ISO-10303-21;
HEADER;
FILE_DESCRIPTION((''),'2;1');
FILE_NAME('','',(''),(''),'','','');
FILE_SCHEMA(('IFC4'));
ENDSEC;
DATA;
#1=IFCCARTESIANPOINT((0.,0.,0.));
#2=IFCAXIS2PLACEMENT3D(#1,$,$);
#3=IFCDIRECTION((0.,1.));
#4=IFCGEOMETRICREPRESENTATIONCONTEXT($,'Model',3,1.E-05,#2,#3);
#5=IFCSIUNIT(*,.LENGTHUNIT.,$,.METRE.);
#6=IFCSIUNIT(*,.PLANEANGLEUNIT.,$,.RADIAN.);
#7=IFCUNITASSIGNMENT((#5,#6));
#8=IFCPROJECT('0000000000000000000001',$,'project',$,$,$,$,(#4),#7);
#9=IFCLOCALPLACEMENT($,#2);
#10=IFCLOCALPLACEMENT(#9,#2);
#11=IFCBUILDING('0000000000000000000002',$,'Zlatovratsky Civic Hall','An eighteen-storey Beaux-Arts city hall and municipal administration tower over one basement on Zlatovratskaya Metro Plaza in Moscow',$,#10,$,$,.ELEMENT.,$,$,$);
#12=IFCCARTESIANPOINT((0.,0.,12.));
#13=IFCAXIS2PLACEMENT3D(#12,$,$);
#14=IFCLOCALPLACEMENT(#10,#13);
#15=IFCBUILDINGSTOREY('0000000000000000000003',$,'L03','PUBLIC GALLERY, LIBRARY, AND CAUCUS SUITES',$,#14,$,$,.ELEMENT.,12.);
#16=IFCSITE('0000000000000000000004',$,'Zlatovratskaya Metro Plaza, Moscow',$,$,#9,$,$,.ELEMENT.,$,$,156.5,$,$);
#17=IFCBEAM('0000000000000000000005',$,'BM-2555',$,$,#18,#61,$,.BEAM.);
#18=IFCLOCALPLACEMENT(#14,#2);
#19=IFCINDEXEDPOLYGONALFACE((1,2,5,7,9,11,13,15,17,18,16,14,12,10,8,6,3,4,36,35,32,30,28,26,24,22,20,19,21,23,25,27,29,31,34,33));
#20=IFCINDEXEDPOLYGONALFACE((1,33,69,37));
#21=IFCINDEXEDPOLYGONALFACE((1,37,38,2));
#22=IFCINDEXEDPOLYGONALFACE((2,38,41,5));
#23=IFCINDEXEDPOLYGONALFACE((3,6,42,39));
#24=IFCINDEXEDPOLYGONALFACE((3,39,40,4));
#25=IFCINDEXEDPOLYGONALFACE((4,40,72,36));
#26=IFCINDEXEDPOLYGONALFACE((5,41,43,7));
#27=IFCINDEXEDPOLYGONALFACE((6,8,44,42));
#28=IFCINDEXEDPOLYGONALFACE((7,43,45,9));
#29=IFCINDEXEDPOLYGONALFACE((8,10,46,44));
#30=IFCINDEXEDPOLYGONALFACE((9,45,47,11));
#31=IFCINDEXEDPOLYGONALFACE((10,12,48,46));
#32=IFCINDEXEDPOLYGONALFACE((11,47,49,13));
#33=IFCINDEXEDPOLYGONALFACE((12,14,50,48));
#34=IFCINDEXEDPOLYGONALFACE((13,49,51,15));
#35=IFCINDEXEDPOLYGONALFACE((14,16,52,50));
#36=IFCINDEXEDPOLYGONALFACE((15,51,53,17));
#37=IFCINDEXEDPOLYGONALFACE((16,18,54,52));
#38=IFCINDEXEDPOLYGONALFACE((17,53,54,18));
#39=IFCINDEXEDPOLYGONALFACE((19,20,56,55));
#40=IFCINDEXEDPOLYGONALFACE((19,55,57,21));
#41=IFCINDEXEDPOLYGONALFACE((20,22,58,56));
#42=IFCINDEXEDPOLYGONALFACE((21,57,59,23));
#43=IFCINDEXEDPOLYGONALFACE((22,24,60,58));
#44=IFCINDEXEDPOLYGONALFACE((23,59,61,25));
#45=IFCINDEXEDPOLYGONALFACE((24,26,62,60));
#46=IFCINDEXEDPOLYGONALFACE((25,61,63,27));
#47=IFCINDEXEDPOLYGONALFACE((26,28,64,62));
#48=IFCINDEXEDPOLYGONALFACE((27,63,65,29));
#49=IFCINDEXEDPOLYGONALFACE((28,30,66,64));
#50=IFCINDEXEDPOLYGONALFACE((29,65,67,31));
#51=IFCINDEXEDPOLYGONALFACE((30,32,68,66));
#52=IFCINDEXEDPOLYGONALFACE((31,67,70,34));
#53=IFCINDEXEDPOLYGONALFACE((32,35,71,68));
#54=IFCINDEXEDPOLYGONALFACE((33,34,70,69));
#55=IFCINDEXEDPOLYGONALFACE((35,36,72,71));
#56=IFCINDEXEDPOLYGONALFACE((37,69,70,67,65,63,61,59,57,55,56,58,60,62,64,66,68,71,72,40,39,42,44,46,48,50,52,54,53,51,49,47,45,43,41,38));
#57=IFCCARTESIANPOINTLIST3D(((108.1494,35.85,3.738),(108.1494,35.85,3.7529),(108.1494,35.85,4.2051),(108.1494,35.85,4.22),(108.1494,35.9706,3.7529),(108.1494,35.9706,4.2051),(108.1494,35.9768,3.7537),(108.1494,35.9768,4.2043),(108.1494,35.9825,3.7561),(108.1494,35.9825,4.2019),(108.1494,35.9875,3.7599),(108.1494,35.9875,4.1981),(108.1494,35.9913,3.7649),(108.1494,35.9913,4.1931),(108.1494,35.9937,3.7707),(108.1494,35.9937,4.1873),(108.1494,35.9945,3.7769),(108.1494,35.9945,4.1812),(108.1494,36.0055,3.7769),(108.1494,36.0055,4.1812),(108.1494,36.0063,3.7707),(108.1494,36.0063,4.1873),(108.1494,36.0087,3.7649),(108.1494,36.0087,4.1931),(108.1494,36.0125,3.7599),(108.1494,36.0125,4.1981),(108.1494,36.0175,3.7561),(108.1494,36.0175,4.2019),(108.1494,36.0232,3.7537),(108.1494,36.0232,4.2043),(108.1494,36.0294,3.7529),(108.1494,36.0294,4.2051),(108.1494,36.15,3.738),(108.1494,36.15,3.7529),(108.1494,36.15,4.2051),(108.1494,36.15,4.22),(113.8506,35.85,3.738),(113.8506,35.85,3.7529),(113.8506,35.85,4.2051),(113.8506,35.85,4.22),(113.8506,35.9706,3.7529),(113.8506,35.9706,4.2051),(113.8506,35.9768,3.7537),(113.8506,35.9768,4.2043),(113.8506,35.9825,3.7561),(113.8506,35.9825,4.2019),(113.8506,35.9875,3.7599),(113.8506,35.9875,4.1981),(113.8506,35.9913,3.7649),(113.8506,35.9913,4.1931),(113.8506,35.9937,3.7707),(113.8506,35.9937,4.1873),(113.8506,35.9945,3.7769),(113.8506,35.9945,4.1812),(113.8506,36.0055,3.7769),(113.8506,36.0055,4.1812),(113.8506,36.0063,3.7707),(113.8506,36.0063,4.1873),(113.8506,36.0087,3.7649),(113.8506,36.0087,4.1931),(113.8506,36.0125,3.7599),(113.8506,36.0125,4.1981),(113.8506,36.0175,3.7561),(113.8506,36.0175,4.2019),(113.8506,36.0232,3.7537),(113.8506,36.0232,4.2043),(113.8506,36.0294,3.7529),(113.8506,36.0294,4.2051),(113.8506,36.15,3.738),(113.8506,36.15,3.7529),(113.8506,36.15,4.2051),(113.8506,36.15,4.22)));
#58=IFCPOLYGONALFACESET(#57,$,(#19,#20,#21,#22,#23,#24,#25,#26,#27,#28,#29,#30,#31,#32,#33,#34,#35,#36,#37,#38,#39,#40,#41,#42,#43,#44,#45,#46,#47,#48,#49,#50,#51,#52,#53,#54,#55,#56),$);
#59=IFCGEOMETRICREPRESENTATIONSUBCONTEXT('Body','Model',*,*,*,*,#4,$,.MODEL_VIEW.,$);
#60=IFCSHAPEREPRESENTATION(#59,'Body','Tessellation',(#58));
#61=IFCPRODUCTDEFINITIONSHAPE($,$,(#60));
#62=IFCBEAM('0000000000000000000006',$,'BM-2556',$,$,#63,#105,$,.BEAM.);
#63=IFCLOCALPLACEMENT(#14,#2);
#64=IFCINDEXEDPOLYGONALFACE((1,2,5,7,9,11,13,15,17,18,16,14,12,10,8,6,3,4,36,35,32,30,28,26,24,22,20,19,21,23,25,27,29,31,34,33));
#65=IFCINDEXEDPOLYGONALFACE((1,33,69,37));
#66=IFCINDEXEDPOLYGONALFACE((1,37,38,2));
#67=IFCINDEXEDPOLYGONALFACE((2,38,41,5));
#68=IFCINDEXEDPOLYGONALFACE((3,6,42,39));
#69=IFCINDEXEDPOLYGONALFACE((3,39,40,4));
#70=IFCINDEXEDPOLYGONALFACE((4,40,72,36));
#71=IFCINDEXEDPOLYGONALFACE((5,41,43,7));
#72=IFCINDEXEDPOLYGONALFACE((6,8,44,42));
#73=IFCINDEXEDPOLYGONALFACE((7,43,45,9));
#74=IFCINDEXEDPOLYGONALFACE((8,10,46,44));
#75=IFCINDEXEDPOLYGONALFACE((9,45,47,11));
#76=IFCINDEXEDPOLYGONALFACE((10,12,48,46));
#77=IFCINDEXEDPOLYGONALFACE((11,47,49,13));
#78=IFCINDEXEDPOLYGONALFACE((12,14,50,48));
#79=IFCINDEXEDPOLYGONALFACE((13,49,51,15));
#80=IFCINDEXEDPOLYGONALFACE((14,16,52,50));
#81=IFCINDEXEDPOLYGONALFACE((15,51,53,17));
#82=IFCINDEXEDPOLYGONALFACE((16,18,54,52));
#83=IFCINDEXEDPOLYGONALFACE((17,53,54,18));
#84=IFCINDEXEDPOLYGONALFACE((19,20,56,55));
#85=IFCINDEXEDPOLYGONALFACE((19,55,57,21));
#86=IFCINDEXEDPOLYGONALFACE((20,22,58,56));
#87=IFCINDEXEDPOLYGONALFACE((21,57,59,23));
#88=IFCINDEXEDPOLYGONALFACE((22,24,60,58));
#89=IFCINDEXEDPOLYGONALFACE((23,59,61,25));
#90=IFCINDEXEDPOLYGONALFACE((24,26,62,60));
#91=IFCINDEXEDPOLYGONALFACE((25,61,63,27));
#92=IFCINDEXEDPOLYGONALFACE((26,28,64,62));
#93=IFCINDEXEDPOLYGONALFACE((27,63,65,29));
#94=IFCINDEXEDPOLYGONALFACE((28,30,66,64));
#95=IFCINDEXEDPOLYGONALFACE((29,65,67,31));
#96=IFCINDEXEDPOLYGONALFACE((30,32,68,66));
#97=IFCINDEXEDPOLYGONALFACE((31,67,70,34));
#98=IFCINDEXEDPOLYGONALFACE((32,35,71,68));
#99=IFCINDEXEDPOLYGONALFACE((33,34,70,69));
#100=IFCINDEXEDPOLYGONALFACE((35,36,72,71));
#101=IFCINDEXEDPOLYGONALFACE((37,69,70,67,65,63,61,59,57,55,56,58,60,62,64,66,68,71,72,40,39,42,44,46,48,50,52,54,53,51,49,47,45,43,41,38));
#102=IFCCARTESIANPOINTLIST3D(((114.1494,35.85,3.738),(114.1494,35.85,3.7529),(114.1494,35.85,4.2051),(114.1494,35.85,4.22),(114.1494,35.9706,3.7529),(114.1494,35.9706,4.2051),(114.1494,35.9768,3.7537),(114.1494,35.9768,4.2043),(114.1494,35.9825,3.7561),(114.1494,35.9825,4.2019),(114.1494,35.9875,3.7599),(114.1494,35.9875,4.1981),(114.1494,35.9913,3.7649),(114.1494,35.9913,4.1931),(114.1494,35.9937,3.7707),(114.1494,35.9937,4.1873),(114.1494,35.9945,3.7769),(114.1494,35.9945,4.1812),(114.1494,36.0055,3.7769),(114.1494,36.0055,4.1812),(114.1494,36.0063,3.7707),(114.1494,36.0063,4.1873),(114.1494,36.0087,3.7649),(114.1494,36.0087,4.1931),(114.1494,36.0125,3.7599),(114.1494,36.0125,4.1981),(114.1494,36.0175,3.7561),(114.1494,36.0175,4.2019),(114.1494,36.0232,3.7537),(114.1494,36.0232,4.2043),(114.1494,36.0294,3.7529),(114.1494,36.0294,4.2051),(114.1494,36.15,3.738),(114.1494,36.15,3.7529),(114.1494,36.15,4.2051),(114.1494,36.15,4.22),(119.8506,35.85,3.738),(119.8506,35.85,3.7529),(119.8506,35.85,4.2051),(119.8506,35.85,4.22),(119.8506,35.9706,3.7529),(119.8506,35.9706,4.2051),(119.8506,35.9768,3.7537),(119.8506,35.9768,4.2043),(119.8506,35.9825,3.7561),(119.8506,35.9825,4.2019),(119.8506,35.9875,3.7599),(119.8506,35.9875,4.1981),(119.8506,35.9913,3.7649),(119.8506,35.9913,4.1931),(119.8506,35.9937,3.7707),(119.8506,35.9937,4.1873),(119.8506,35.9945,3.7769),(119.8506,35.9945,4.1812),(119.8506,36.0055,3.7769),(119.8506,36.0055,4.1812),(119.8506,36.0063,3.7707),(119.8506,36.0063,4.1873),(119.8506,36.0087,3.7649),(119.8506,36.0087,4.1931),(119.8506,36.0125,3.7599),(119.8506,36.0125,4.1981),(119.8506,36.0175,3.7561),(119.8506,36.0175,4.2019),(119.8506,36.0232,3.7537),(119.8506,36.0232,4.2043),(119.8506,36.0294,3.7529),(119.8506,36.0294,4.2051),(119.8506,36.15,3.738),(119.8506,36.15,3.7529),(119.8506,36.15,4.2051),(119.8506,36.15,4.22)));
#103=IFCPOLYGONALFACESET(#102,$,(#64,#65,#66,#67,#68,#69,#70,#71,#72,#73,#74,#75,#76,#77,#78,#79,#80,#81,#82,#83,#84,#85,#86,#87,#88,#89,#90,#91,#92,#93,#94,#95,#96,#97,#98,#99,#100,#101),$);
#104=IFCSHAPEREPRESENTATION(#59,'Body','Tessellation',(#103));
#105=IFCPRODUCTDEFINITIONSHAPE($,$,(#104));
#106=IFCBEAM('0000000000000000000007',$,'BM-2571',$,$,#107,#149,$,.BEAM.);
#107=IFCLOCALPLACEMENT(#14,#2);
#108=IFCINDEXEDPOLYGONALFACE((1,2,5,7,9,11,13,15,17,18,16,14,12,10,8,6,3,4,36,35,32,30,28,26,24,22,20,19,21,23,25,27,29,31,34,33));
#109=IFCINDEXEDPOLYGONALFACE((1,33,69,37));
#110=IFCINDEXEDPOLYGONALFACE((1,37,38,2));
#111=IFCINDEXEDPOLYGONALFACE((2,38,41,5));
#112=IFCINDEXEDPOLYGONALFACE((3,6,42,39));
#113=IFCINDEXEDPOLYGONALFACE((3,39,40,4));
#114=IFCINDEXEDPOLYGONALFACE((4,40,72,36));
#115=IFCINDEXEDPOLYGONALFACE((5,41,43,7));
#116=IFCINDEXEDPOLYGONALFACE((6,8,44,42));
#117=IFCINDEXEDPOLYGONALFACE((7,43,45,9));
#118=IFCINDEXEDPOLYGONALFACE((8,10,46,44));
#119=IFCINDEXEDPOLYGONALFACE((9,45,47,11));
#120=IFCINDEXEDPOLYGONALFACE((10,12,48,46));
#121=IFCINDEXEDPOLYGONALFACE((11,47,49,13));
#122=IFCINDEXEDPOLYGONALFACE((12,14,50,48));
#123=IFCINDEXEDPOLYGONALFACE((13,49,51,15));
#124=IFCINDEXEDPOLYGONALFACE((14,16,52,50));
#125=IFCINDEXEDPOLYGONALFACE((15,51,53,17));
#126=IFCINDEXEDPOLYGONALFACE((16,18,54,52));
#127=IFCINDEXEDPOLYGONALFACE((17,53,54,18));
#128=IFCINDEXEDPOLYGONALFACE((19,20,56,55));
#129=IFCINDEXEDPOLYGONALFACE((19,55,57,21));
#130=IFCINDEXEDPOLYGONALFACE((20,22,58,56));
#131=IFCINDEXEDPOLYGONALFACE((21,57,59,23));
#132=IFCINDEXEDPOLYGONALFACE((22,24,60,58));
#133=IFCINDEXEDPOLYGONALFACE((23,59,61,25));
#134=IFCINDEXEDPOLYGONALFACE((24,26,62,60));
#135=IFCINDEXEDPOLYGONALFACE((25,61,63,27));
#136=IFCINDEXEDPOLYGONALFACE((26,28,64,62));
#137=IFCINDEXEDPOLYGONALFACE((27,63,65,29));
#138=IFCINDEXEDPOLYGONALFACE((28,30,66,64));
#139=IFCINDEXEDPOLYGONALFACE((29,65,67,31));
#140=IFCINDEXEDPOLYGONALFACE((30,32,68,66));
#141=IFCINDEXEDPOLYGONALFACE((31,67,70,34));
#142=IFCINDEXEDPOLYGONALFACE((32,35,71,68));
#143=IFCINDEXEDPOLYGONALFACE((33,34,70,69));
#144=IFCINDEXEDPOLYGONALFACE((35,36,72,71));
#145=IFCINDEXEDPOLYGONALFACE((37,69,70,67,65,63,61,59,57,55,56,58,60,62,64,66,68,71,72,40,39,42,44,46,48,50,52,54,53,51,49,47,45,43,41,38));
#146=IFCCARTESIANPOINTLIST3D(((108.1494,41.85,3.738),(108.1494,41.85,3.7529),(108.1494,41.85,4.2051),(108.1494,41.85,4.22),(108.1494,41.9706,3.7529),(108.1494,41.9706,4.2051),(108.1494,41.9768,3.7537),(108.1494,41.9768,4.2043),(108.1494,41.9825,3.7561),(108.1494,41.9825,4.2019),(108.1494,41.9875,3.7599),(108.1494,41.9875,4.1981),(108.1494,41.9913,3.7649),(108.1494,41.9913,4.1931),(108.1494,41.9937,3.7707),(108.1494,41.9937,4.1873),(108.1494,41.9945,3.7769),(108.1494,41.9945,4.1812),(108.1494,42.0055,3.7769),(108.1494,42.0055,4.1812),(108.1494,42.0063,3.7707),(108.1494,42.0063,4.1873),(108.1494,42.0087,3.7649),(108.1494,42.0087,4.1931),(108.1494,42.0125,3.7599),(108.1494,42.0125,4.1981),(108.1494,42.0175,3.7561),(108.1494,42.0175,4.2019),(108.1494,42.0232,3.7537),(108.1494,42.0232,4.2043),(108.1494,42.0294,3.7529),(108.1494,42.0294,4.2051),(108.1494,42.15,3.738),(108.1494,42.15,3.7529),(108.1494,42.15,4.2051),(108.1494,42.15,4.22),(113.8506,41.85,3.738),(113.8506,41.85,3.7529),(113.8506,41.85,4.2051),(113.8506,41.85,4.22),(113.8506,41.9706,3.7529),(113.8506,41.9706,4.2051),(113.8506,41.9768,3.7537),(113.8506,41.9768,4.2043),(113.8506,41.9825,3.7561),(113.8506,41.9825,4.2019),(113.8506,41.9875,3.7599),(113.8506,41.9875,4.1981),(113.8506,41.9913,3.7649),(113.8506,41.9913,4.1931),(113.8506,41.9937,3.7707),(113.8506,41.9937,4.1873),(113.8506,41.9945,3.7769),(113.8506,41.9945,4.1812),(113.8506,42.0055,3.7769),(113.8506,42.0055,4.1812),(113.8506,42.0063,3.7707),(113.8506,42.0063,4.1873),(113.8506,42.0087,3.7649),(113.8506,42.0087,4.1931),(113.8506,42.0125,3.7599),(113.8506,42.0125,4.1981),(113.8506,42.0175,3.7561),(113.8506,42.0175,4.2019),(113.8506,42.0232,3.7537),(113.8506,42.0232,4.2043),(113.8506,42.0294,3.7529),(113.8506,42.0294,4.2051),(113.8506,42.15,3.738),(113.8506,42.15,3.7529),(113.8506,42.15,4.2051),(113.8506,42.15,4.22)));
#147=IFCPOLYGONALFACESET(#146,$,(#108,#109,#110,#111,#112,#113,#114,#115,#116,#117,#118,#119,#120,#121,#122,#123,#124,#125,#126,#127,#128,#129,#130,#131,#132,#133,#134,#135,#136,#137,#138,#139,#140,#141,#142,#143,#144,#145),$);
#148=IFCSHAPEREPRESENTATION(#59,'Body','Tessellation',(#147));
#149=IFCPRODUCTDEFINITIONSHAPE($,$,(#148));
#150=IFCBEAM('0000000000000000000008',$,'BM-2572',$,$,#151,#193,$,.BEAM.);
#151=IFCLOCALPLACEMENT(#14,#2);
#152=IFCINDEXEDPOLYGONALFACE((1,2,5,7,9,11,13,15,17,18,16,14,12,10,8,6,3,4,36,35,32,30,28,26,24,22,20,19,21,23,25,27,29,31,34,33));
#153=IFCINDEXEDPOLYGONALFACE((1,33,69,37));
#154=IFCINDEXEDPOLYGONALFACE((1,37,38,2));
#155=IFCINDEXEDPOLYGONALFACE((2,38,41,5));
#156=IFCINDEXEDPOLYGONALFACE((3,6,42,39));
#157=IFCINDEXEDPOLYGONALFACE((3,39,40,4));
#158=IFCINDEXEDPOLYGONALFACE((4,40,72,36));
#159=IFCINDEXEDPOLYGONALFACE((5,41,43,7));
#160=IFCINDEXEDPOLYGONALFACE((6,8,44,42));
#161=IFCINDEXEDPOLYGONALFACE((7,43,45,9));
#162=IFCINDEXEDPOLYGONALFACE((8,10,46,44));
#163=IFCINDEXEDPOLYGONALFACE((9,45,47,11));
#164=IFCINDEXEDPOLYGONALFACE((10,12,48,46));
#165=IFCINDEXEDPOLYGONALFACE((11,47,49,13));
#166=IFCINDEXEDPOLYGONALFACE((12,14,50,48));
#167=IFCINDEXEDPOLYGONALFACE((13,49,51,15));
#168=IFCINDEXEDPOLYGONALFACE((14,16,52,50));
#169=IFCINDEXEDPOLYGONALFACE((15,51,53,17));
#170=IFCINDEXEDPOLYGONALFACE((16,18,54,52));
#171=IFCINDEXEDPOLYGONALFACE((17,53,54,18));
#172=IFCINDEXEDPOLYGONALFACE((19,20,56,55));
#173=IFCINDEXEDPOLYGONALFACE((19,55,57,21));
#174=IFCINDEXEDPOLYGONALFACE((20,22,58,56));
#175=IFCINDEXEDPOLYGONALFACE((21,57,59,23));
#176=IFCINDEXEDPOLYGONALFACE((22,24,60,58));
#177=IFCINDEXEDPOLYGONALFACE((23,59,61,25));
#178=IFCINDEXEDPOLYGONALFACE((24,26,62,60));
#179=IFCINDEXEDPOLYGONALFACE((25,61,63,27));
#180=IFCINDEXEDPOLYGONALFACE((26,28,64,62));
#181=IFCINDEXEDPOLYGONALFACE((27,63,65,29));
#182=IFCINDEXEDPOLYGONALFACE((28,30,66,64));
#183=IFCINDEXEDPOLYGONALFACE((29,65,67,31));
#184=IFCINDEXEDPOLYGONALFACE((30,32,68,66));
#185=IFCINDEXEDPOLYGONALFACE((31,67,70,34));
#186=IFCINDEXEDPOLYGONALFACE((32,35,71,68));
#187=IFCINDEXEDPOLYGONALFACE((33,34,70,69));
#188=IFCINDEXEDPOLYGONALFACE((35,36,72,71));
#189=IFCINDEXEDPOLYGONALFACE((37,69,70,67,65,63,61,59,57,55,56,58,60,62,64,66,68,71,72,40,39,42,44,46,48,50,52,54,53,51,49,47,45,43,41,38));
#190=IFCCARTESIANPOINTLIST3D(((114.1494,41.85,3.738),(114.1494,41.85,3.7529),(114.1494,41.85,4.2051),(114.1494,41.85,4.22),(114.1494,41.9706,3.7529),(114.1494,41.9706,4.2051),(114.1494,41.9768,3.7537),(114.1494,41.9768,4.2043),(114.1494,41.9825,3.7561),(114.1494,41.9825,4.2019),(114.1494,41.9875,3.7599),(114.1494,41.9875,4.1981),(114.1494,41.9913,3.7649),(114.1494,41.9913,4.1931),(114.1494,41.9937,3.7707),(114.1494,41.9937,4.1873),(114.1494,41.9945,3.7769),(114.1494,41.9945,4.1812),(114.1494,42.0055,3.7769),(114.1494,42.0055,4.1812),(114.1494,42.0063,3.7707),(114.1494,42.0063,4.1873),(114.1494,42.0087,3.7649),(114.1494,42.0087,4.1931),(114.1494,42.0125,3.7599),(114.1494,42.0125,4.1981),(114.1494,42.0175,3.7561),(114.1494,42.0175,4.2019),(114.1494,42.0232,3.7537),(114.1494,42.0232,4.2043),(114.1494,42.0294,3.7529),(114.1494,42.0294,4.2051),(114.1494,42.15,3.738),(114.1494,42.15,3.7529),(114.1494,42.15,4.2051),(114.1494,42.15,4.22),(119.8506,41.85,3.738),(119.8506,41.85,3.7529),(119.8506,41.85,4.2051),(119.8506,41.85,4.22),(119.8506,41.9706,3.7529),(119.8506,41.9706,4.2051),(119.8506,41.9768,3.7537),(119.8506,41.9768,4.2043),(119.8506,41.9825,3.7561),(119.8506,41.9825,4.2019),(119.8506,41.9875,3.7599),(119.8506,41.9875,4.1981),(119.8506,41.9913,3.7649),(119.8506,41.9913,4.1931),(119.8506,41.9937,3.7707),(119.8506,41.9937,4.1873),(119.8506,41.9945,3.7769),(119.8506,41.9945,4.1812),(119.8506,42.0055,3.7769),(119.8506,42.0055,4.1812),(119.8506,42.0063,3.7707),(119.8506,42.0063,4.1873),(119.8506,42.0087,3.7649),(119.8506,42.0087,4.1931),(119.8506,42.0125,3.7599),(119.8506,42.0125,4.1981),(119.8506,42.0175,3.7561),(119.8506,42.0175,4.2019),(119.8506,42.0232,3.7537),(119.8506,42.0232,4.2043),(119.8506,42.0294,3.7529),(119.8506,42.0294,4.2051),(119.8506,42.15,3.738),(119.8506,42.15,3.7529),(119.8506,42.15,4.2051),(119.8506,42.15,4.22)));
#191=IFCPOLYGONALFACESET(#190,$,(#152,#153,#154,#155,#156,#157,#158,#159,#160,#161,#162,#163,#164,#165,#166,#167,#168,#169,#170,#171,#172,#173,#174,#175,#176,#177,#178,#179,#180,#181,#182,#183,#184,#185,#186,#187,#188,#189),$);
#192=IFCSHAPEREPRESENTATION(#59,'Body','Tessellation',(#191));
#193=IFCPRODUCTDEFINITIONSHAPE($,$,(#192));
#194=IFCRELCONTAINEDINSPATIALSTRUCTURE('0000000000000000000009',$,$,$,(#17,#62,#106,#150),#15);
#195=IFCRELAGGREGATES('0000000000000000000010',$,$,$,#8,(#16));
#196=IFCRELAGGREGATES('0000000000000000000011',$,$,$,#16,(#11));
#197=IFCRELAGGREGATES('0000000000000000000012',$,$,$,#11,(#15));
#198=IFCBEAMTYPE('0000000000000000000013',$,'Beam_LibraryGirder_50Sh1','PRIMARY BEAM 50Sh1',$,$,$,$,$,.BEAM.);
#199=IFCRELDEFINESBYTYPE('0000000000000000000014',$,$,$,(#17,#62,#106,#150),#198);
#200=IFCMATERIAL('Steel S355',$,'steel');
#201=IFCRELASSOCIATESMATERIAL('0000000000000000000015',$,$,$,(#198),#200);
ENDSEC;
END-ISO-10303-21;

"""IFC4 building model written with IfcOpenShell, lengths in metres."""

from ifc_helpers import new_model, si_unit, direction, frame, origin, origin_2d, place, context, subcontext, project, spatial, i_section, extrude, material, material_profile, profile_set, type_object, element, save


model = new_model("IFC4")

# Units and contexts
model_context = context("Model", 3, precision=1e-05, world=origin(), true_north=direction((0.0, 1.0)))
body_context = subcontext(model_context, "Body", "Model", "MODEL_VIEW")
ifc_project = project(units=[si_unit("LENGTHUNIT", "METRE"), si_unit("PLANEANGLEUNIT", "RADIAN")], contexts=[model_context])

# Site, building, storey
site_placement = place(None, origin())
site = spatial("IfcSite", under=ifc_project, at=site_placement, Name="Zlatovratskaya Metro Plaza, Moscow", CompositionType="ELEMENT", RefElevation=156.5)
building_placement = place(site_placement, origin())
building = spatial("IfcBuilding", under=site, at=building_placement, Name="Zlatovratsky Civic Hall", Description="An eighteen-storey Beaux-Arts city hall and municipal administration tower over one basement on Zlatovratskaya Metro Plaza in Moscow", CompositionType="ELEMENT")
storey_placement = place(building_placement, frame((0.0, 0.0, 12.0)))
storey = spatial("IfcBuildingStorey", under=building, at=storey_placement, Name="L03", Description="PUBLIC GALLERY, LIBRARY, AND CAUCUS SUITES", CompositionType="ELEMENT", Elevation=12.0)

# Shared definitions
ifc_material_1 = material(Name="Steel S355", Category="steel")

# Beams
ifc_material_profile_1 = material_profile(ifc_material_1, i_section(OverallWidth=0.3, OverallDepth=0.4819, WebThickness=0.011, FlangeThickness=0.0149, FilletRadius=0.0239, at=origin_2d()), Name="50Sh1")
ifc_profile_set_1 = profile_set([ifc_material_profile_1], Name="Steel S355")
beam_type = type_object("IfcBeamType", Name="Beam_LibraryGirder_50Sh1", Description="PRIMARY BEAM 50Sh1", PredefinedType="BEAM", material=ifc_profile_set_1)
for number, where, z_axis, x_axis, name in (
    (1, (108.1494, 36.0, 3.979), (1.0, 0.0, 0.0), (0.0, 1.0, 0.0), "BM-2555"),
    (2, (114.1494, 36.0, 3.979), (1.0, 0.0, 0.0), (0.0, 1.0, 0.0), "BM-2556"),
    (3, (108.1494, 42.0, 3.979), (1.0, 0.0, 0.0), (0.0, 1.0, 0.0), "BM-2571"),
    (4, (114.1494, 42.0, 3.979), (1.0, 0.0, 0.0), (0.0, 1.0, 0.0), "BM-2572"),
):
    element("IfcBeam", number, at=place(storey_placement, frame(where, z_axis=z_axis, x_axis=x_axis)), inside=storey, type_object=beam_type, Name=name, PredefinedType="BEAM", context=body_context, shape_type="SweptSolid", body=[
        extrude(i_section(OverallWidth=0.3, OverallDepth=0.4819, WebThickness=0.011, FlangeThickness=0.0149, FilletRadius=0.0239, at=origin_2d()), origin(), (0.0, 0.0, 1.0), 5.7012),
    ])

save(model, "model.ifc")
